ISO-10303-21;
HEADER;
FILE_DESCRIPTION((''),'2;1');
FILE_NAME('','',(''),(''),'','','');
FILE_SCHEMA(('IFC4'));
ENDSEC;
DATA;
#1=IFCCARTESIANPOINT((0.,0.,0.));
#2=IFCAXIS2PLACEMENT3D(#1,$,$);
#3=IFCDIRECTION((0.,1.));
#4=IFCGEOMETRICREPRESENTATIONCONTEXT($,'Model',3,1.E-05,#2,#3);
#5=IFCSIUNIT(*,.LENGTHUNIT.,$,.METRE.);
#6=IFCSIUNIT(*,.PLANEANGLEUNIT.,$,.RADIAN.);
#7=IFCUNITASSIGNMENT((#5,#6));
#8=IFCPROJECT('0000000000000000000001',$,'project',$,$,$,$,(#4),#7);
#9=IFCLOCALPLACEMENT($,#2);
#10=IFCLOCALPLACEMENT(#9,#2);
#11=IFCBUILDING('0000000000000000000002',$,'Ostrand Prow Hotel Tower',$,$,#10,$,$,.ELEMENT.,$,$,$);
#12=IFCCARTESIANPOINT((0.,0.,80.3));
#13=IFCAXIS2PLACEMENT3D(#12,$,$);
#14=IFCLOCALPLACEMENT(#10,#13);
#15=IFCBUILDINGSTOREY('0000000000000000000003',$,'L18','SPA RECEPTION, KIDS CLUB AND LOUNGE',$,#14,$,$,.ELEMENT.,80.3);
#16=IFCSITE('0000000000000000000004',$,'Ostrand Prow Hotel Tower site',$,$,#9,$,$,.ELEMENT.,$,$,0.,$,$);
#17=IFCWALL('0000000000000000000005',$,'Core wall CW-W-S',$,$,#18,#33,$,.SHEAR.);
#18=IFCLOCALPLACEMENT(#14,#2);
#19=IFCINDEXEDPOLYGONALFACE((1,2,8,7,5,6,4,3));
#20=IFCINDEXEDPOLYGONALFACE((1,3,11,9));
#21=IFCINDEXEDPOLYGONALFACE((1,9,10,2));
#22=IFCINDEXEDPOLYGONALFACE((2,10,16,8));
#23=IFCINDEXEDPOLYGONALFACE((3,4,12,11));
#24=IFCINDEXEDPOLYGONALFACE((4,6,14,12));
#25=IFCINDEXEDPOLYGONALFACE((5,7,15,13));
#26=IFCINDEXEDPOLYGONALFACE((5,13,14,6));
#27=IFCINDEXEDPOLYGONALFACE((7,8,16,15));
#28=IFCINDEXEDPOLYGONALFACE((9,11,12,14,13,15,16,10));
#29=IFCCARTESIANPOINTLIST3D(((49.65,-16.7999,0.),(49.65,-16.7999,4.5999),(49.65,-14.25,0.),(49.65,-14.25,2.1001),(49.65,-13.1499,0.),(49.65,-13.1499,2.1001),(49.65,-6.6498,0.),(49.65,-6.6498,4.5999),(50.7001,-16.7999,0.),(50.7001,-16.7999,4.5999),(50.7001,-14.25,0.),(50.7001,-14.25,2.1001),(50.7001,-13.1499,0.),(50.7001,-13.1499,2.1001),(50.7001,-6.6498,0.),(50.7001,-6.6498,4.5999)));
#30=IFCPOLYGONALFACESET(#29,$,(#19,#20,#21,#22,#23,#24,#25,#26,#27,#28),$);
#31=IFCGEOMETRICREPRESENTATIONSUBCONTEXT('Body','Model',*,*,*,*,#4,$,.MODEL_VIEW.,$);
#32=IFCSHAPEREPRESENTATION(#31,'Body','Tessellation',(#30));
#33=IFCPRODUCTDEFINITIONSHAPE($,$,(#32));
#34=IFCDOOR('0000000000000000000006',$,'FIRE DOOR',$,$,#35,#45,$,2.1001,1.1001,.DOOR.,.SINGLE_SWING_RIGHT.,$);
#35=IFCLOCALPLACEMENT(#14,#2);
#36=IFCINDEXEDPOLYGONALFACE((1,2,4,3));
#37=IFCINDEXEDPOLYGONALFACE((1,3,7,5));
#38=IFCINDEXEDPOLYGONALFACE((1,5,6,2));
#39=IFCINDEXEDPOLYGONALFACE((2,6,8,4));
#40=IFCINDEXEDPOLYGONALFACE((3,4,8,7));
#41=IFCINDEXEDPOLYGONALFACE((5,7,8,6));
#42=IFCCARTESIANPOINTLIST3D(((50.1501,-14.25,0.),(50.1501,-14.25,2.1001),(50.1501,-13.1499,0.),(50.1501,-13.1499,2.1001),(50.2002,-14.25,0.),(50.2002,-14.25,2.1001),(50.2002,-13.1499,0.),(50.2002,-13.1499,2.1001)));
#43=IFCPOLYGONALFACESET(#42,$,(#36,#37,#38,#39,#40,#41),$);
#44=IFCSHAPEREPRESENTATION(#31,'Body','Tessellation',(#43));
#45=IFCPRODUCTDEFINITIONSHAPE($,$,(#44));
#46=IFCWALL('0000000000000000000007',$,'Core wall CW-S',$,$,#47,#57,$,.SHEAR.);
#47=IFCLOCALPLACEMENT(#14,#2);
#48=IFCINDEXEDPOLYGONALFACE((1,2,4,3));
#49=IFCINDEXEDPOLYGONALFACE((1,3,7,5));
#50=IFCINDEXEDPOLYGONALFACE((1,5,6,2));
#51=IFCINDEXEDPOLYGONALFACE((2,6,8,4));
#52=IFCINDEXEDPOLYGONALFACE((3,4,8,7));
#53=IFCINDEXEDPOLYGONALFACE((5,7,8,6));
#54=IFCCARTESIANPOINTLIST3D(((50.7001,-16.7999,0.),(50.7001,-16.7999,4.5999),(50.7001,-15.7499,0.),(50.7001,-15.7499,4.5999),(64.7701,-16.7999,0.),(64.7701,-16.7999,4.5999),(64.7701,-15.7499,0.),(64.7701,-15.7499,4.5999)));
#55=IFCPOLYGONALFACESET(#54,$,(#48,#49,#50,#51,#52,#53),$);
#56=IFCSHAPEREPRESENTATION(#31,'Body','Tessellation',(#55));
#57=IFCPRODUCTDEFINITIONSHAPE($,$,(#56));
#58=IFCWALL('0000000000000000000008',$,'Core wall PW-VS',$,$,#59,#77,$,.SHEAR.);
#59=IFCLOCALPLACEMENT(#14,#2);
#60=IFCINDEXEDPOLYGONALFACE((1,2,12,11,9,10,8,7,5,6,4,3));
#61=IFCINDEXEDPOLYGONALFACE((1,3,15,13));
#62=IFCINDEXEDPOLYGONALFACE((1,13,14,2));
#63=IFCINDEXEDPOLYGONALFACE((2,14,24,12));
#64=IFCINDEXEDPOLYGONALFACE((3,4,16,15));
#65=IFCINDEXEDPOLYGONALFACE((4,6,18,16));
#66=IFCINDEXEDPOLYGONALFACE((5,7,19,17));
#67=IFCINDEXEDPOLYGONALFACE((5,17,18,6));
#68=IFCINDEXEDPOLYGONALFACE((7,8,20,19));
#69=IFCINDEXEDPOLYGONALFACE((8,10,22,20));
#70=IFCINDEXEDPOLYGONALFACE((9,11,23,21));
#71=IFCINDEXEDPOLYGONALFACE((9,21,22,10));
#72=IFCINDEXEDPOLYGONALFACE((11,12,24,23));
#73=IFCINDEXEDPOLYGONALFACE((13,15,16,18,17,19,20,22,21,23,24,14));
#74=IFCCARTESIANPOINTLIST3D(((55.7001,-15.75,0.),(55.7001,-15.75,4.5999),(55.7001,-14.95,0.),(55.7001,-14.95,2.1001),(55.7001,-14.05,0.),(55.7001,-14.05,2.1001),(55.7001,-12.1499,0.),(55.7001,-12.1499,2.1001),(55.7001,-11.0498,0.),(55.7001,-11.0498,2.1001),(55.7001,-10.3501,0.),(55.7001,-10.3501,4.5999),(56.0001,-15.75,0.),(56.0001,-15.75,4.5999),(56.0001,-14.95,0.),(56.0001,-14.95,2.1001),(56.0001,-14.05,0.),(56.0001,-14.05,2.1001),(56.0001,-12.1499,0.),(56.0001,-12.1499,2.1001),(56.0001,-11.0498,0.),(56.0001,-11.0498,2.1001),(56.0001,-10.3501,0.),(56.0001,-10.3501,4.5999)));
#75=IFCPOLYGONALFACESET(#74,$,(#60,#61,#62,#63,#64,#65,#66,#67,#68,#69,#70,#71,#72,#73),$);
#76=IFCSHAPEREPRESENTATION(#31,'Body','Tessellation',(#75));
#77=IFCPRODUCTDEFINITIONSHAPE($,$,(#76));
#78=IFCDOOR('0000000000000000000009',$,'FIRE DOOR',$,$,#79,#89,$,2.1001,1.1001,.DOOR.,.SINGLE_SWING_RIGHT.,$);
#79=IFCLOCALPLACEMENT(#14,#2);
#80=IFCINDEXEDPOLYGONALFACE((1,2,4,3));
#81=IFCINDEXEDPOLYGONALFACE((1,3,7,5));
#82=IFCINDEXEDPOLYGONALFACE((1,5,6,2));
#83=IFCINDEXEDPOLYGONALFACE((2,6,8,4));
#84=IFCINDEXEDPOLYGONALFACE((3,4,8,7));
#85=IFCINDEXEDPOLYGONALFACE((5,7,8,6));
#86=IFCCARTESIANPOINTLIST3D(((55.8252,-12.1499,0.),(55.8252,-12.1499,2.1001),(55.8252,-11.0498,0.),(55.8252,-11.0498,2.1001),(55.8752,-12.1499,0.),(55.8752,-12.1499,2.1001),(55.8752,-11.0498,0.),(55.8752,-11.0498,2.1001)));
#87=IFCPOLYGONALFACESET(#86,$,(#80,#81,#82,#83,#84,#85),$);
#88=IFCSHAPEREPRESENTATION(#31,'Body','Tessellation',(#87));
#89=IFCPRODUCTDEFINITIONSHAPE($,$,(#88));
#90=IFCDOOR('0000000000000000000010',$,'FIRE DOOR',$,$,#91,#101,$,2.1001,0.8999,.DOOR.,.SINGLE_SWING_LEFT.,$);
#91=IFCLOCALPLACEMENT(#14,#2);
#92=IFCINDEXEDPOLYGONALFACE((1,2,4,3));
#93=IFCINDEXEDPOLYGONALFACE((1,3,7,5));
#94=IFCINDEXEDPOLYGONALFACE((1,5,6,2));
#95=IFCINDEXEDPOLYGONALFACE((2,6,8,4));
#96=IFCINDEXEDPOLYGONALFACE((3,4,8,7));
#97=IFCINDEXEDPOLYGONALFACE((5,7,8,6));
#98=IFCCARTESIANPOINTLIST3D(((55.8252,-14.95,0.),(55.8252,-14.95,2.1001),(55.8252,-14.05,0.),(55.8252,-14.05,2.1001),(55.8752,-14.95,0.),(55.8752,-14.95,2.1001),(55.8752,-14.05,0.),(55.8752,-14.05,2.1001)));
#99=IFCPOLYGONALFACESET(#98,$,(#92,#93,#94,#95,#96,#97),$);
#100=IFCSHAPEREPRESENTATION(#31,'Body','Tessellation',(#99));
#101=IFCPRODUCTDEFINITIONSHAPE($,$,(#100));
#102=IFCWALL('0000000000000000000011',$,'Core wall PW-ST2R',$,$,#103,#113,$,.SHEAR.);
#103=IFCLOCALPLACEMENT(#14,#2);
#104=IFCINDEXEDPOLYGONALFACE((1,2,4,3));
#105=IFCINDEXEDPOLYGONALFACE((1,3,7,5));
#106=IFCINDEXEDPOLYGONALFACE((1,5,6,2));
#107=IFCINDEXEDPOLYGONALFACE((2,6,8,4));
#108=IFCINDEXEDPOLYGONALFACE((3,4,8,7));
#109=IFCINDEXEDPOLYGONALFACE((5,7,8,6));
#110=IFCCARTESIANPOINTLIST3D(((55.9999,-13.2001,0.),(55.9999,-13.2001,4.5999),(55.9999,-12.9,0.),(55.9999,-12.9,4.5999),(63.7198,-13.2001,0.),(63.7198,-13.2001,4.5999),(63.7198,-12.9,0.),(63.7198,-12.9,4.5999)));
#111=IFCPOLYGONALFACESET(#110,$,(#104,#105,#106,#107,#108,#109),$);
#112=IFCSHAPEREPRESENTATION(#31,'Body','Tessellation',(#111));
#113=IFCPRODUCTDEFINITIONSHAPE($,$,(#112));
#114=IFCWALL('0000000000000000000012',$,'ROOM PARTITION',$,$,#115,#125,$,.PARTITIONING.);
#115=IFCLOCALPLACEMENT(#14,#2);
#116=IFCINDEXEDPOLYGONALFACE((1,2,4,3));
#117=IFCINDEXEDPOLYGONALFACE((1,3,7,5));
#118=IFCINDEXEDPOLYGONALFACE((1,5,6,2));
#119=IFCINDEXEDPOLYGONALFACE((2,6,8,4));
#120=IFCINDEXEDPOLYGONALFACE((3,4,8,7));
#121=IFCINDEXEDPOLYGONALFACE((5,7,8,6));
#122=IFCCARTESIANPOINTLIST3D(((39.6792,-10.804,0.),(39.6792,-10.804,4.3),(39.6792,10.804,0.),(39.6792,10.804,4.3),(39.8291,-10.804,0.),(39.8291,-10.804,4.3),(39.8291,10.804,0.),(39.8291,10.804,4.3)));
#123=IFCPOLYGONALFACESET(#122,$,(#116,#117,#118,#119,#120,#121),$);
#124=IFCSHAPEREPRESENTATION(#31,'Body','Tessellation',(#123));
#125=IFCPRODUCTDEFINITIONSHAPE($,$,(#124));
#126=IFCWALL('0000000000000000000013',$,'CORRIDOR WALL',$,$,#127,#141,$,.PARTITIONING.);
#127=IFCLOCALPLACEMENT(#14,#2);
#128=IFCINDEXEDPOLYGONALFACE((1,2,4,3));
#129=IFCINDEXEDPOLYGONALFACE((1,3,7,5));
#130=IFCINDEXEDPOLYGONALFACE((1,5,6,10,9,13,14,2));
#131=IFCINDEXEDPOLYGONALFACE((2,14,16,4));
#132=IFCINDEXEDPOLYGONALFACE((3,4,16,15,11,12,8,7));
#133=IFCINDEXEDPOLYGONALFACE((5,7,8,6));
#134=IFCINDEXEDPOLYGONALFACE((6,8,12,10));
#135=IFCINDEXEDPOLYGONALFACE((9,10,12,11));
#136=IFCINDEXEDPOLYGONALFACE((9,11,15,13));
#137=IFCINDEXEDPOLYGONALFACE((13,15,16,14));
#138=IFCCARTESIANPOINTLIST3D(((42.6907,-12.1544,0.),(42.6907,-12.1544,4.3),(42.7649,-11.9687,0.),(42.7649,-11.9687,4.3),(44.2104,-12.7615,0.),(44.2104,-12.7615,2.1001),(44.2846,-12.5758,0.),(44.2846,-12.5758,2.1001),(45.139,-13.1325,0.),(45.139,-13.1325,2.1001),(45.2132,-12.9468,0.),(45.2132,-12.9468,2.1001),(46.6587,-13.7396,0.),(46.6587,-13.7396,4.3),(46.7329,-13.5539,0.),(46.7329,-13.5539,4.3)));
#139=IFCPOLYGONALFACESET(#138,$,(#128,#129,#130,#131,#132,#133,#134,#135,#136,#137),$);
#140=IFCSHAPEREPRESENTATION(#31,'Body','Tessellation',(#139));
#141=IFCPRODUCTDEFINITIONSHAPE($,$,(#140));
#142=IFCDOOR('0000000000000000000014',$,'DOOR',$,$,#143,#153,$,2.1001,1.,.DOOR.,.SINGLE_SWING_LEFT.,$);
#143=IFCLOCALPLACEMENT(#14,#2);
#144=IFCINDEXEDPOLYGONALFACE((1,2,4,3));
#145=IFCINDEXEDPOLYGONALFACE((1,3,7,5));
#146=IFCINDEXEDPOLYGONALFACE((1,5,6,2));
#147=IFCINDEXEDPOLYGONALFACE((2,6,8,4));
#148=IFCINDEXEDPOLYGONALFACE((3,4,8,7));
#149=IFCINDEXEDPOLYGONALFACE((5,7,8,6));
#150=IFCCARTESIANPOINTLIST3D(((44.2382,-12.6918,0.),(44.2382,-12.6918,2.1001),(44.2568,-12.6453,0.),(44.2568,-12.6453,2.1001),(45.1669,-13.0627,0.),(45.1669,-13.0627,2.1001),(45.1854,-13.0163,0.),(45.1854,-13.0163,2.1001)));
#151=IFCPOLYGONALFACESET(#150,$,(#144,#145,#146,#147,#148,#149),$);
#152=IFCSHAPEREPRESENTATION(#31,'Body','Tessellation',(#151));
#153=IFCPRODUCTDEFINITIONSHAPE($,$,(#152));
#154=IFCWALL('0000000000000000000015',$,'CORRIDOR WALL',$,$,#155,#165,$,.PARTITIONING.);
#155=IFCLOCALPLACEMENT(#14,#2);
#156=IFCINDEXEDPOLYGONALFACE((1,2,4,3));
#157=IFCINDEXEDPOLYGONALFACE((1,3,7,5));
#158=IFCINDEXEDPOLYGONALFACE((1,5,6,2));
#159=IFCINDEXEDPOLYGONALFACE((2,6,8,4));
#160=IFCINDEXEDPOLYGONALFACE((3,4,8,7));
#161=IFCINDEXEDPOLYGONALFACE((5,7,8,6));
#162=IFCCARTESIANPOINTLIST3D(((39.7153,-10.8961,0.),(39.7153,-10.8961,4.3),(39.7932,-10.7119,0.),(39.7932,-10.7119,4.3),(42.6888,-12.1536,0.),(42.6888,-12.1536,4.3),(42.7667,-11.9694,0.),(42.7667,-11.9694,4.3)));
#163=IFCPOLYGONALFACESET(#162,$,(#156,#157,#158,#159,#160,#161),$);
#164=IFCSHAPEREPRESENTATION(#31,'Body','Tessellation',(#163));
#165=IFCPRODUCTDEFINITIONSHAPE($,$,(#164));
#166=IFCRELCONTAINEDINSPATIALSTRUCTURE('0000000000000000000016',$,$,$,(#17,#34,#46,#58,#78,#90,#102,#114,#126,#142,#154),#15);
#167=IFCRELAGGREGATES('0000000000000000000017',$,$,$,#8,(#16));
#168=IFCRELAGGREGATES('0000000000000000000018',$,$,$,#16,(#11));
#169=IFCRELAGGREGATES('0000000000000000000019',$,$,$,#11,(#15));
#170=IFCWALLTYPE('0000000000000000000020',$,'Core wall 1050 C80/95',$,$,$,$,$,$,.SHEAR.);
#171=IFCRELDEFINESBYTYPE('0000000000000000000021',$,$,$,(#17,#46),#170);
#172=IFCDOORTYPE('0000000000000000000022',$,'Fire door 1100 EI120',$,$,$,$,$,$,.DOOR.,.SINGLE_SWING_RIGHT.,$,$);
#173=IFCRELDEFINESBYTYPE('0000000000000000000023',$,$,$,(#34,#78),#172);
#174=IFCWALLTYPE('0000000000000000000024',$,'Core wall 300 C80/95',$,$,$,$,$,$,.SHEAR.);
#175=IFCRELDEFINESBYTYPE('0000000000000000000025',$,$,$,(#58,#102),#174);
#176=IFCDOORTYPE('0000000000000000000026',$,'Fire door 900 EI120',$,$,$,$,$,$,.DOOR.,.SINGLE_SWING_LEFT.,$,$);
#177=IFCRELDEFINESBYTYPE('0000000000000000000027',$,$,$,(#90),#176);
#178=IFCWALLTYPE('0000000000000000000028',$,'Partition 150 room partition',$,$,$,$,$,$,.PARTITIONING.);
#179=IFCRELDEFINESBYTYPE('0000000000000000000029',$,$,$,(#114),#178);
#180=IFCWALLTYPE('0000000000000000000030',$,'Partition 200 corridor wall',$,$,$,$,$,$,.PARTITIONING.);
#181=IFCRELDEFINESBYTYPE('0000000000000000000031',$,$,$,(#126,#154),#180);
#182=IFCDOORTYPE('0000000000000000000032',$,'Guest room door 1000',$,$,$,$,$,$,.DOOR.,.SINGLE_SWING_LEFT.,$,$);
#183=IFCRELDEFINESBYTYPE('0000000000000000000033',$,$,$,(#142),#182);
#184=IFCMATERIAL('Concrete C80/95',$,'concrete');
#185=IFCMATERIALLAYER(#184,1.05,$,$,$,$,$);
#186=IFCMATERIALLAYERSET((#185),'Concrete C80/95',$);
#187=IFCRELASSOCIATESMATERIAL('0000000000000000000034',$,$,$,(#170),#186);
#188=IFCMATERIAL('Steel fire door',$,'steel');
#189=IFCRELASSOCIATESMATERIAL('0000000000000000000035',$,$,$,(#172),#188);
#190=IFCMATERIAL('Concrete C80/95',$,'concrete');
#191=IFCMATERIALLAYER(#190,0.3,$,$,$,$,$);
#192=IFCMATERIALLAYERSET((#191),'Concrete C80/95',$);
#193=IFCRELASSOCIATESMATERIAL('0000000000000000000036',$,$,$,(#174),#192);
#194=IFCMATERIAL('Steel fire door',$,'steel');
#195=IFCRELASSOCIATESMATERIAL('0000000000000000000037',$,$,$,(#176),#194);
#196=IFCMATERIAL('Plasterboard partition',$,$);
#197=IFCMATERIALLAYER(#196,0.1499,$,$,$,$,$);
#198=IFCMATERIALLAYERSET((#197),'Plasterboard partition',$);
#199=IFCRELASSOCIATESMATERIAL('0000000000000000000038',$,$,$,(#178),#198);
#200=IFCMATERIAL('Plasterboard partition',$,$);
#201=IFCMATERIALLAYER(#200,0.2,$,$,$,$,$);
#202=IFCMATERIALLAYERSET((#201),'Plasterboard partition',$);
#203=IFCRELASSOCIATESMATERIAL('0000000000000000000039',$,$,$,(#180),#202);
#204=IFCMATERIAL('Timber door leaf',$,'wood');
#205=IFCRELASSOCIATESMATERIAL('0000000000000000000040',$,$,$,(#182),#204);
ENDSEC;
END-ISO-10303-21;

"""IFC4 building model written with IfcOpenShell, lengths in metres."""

from ifc_helpers import new_model, si_unit, direction, frame, frame_2d, origin, place, context, subcontext, project, spatial, rectangle, extrude, material, layer, layer_set, type_object, element, fill, save


model = new_model("IFC4")

# Units and contexts
model_context = context("Model", 3, precision=1e-05, world=origin(), true_north=direction((0.0, 1.0)))
body_context = subcontext(model_context, "Body", "Model", "MODEL_VIEW")
ifc_project = project(units=[si_unit("LENGTHUNIT", "METRE"), si_unit("PLANEANGLEUNIT", "RADIAN")], contexts=[model_context])

# Site, building, storey
site_placement = place(None, origin())
site = spatial("IfcSite", under=ifc_project, at=site_placement, Name="Ostrand Prow Hotel Tower site", CompositionType="ELEMENT", RefElevation=0.0)
building_placement = place(site_placement, origin())
building = spatial("IfcBuilding", under=site, at=building_placement, Name="Ostrand Prow Hotel Tower", CompositionType="ELEMENT")
storey_placement = place(building_placement, frame((0.0, 0.0, 80.3)))
storey = spatial("IfcBuildingStorey", under=building, at=storey_placement, Name="L18", Description="SPA RECEPTION, KIDS CLUB AND LOUNGE", CompositionType="ELEMENT", Elevation=80.3)

# Wall, opening, door
ifc_material_1 = material(Name="Concrete C80/95", Category="concrete")
ifc_layer_1 = layer(ifc_material_1, 1.05)
ifc_layer_set_1 = layer_set([ifc_layer_1], Name="Concrete C80/95")
wall_type_1 = type_object("IfcWallType", Name="Core wall 1050 C80/95", PredefinedType="SHEAR", material=ifc_layer_set_1)
wall_1_placement = place(storey_placement, frame((50.175, -16.8, 0.0), z_axis=(0.0, 0.0, 1.0), x_axis=(0.0, 1.0, 0.0)))
wall_1 = element("IfcWall", 1, at=wall_1_placement, inside=storey, type_object=wall_type_1, Name="Core wall CW-W-S", PredefinedType="SHEAR", context=body_context, shape_type="SweptSolid", body=[
    extrude(rectangle(XDim=10.1501, YDim=1.05, at=frame_2d((5.0752, 0.0))), origin(), (0.0, 0.0, 1.0), 4.5999),
])
opening_1_placement = place(wall_1_placement, frame((2.55, 0.0, 0.0)))
opening_1 = element("IfcOpeningElement", 2, at=opening_1_placement, cuts=wall_1, PredefinedType="OPENING", context=body_context, shape_type="SweptSolid", body=[
    extrude(rectangle(XDim=1.1001, YDim=2.1001, at=frame_2d((0.55, 1.05))), frame((0.0, 0.5349, 0.0), z_axis=(0.0, -1.0, 0.0), x_axis=(1.0, 0.0, 0.0)), (0.0, 0.0, 1.0), 1.0701),
])
ifc_material_2 = material(Name="Steel fire door", Category="steel")
door_type_1 = type_object("IfcDoorType", Name="Fire door 1100 EI120", OperationType="SINGLE_SWING_RIGHT", PredefinedType="DOOR", material=ifc_material_2)
door_1_placement = place(opening_1_placement, origin())
door_1 = element("IfcDoor", 3, at=door_1_placement, inside=storey, type_object=door_type_1, Name="FIRE DOOR", OperationType="SINGLE_SWING_RIGHT", OverallHeight=2.1001, OverallWidth=1.1001, PredefinedType="DOOR", context=body_context, shape_type="SweptSolid", body=[
    extrude(rectangle(XDim=1.1001, YDim=2.1001, at=frame_2d((0.55, 1.05))), frame((0.0, 0.0249, 0.0), z_axis=(0.0, -1.0, 0.0), x_axis=(1.0, 0.0, 0.0)), (0.0, 0.0, 1.0), 0.05),
])
fill(opening_1, door_1)

# Wall
wall_2_placement = place(storey_placement, frame((50.7, -16.2749, 0.0), z_axis=(0.0, 0.0, 1.0), x_axis=(1.0, 0.0, 0.0)))
element("IfcWall", 4, at=wall_2_placement, inside=storey, type_object=wall_type_1, Name="Core wall CW-S", PredefinedType="SHEAR", context=body_context, shape_type="SweptSolid", body=[
    extrude(rectangle(XDim=14.0701, YDim=1.05, at=frame_2d((7.0352, 0.0))), origin(), (0.0, 0.0, 1.0), 4.5999),
])

# Wall, openings, doors
ifc_material_3 = material(Name="Concrete C80/95", Category="concrete")
ifc_layer_2 = layer(ifc_material_3, 0.3)
ifc_layer_set_2 = layer_set([ifc_layer_2], Name="Concrete C80/95")
wall_type_2 = type_object("IfcWallType", Name="Core wall 300 C80/95", PredefinedType="SHEAR", material=ifc_layer_set_2)
wall_3_placement = place(storey_placement, frame((55.8501, -15.75, 0.0), z_axis=(0.0, 0.0, 1.0), x_axis=(0.0, 1.0, 0.0)))
wall_3 = element("IfcWall", 5, at=wall_3_placement, inside=storey, type_object=wall_type_2, Name="Core wall PW-VS", PredefinedType="SHEAR", context=body_context, shape_type="SweptSolid", body=[
    extrude(rectangle(XDim=5.3999, YDim=0.3, at=frame_2d((2.7, 0.0))), origin(), (0.0, 0.0, 1.0), 4.5999),
])
opening_2_placement = place(wall_3_placement, frame((3.6001, 0.0, 0.0)))
opening_2 = element("IfcOpeningElement", 6, at=opening_2_placement, cuts=wall_3, PredefinedType="OPENING", context=body_context, shape_type="SweptSolid", body=[
    extrude(rectangle(XDim=1.1001, YDim=2.1001, at=frame_2d((0.55, 1.05))), frame((0.0, 0.1599, 0.0), z_axis=(0.0, -1.0, 0.0), x_axis=(1.0, 0.0, 0.0)), (0.0, 0.0, 1.0), 0.3201),
])
opening_3_placement = place(wall_3_placement, frame((0.8, 0.0, 0.0)))
opening_3 = element("IfcOpeningElement", 7, at=opening_3_placement, cuts=wall_3, PredefinedType="OPENING", context=body_context, shape_type="SweptSolid", body=[
    extrude(rectangle(XDim=0.8999, YDim=2.1001, at=frame_2d((0.45, 1.05))), frame((0.0, 0.1599, 0.0), z_axis=(0.0, -1.0, 0.0), x_axis=(1.0, 0.0, 0.0)), (0.0, 0.0, 1.0), 0.3201),
])
door_2_placement = place(opening_2_placement, origin())
door_2 = element("IfcDoor", 8, at=door_2_placement, inside=storey, type_object=door_type_1, Name="FIRE DOOR", OperationType="SINGLE_SWING_RIGHT", OverallHeight=2.1001, OverallWidth=1.1001, PredefinedType="DOOR", context=body_context, shape_type="SweptSolid", body=[
    extrude(rectangle(XDim=1.1001, YDim=2.1001, at=frame_2d((0.55, 1.05))), frame((0.0, 0.0249, 0.0), z_axis=(0.0, -1.0, 0.0), x_axis=(1.0, 0.0, 0.0)), (0.0, 0.0, 1.0), 0.05),
])
fill(opening_2, door_2)
ifc_material_4 = material(Name="Steel fire door", Category="steel")
door_type_2 = type_object("IfcDoorType", Name="Fire door 900 EI120", OperationType="SINGLE_SWING_LEFT", PredefinedType="DOOR", material=ifc_material_4)
door_3_placement = place(opening_3_placement, origin())
door_3 = element("IfcDoor", 9, at=door_3_placement, inside=storey, type_object=door_type_2, Name="FIRE DOOR", OperationType="SINGLE_SWING_LEFT", OverallHeight=2.1001, OverallWidth=0.8999, PredefinedType="DOOR", context=body_context, shape_type="SweptSolid", body=[
    extrude(rectangle(XDim=0.8999, YDim=2.1001, at=frame_2d((0.45, 1.05))), frame((0.0, 0.0249, 0.0), z_axis=(0.0, -1.0, 0.0), x_axis=(1.0, 0.0, 0.0)), (0.0, 0.0, 1.0), 0.05),
])
fill(opening_3, door_3)

# Walls
wall_4_placement = place(storey_placement, frame((56.0, -13.05, 0.0), z_axis=(0.0, 0.0, 1.0), x_axis=(1.0, 0.0, 0.0)))
element("IfcWall", 10, at=wall_4_placement, inside=storey, type_object=wall_type_2, Name="Core wall PW-ST2R", PredefinedType="SHEAR", context=body_context, shape_type="SweptSolid", body=[
    extrude(rectangle(XDim=7.72, YDim=0.3, at=frame_2d((3.8599, 0.0))), origin(), (0.0, 0.0, 1.0), 4.5999),
])
ifc_material_5 = material(Name="Plasterboard partition")
ifc_layer_3 = layer(ifc_material_5, 0.1499)
ifc_layer_set_3 = layer_set([ifc_layer_3], Name="Plasterboard partition")
wall_type_3 = type_object("IfcWallType", Name="Partition 150 room partition", PredefinedType="PARTITIONING", material=ifc_layer_set_3)
wall_5_placement = place(storey_placement, frame((39.7542, -10.804, 0.0), z_axis=(0.0, 0.0, 1.0), x_axis=(0.0, 1.0, 0.0)))
element("IfcWall", 11, at=wall_5_placement, inside=storey, type_object=wall_type_3, Name="ROOM PARTITION", PredefinedType="PARTITIONING", context=body_context, shape_type="SweptSolid", body=[
    extrude(rectangle(XDim=21.6079, YDim=0.1499, at=frame_2d((10.804, 0.0))), origin(), (0.0, 0.0, 1.0), 4.3),
])

# Wall, opening, door
ifc_material_6 = material(Name="Plasterboard partition")
ifc_layer_4 = layer(ifc_material_6, 0.2)
ifc_layer_set_4 = layer_set([ifc_layer_4], Name="Plasterboard partition")
wall_type_4 = type_object("IfcWallType", Name="Partition 200 corridor wall", PredefinedType="PARTITIONING", material=ifc_layer_set_4)
wall_6_placement = place(storey_placement, frame((46.6958, -13.6467, 0.0), z_axis=(0.0, 0.0, 1.0), x_axis=(-0.928638, 0.370987, 0.0)))
wall_6 = element("IfcWall", 12, at=wall_6_placement, inside=storey, type_object=wall_type_4, Name="CORRIDOR WALL", PredefinedType="PARTITIONING", context=body_context, shape_type="SweptSolid", body=[
    extrude(rectangle(XDim=4.2729, YDim=0.2, at=frame_2d((2.1365, 0.0))), origin(), (0.0, 0.0, 1.0), 4.3),
])
opening_4_placement = place(wall_6_placement, frame((1.6365, 0.0, 0.0)))
opening_4 = element("IfcOpeningElement", 13, at=opening_4_placement, cuts=wall_6, PredefinedType="OPENING", context=body_context, shape_type="SweptSolid", body=[
    extrude(rectangle(XDim=1.0, YDim=2.1001, at=frame_2d((0.5, 1.05))), frame((0.0, 0.1099, 0.0), z_axis=(0.0, -1.0, 0.0), x_axis=(1.0, 0.0, 0.0)), (0.0, 0.0, 1.0), 0.22),
])
ifc_material_7 = material(Name="Timber door leaf", Category="wood")
door_type_3 = type_object("IfcDoorType", Name="Guest room door 1000", OperationType="SINGLE_SWING_LEFT", PredefinedType="DOOR", material=ifc_material_7)
door_4_placement = place(opening_4_placement, origin())
door_4 = element("IfcDoor", 14, at=door_4_placement, inside=storey, type_object=door_type_3, Name="DOOR", OperationType="SINGLE_SWING_LEFT", OverallHeight=2.1001, OverallWidth=1.0, PredefinedType="DOOR", context=body_context, shape_type="SweptSolid", body=[
    extrude(rectangle(XDim=1.0, YDim=2.1001, at=frame_2d((0.5, 1.05))), frame((0.0, 0.0249, 0.0), z_axis=(0.0, -1.0, 0.0), x_axis=(1.0, 0.0, 0.0)), (0.0, 0.0, 1.0), 0.05),
])
fill(opening_4, door_4)

# Wall
wall_7_placement = place(storey_placement, frame((42.7278, -12.0615, 0.0), z_axis=(0.0, 0.0, 1.0), x_axis=(-0.921024, 0.389507, 0.0)))
element("IfcWall", 15, at=wall_7_placement, inside=storey, type_object=wall_type_4, Name="CORRIDOR WALL", PredefinedType="PARTITIONING", context=body_context, shape_type="SweptSolid", body=[
    extrude(rectangle(XDim=3.2285, YDim=0.2, at=frame_2d((1.6143, 0.0))), origin(), (0.0, 0.0, 1.0), 4.3),
])

save(model, "model.ifc")
